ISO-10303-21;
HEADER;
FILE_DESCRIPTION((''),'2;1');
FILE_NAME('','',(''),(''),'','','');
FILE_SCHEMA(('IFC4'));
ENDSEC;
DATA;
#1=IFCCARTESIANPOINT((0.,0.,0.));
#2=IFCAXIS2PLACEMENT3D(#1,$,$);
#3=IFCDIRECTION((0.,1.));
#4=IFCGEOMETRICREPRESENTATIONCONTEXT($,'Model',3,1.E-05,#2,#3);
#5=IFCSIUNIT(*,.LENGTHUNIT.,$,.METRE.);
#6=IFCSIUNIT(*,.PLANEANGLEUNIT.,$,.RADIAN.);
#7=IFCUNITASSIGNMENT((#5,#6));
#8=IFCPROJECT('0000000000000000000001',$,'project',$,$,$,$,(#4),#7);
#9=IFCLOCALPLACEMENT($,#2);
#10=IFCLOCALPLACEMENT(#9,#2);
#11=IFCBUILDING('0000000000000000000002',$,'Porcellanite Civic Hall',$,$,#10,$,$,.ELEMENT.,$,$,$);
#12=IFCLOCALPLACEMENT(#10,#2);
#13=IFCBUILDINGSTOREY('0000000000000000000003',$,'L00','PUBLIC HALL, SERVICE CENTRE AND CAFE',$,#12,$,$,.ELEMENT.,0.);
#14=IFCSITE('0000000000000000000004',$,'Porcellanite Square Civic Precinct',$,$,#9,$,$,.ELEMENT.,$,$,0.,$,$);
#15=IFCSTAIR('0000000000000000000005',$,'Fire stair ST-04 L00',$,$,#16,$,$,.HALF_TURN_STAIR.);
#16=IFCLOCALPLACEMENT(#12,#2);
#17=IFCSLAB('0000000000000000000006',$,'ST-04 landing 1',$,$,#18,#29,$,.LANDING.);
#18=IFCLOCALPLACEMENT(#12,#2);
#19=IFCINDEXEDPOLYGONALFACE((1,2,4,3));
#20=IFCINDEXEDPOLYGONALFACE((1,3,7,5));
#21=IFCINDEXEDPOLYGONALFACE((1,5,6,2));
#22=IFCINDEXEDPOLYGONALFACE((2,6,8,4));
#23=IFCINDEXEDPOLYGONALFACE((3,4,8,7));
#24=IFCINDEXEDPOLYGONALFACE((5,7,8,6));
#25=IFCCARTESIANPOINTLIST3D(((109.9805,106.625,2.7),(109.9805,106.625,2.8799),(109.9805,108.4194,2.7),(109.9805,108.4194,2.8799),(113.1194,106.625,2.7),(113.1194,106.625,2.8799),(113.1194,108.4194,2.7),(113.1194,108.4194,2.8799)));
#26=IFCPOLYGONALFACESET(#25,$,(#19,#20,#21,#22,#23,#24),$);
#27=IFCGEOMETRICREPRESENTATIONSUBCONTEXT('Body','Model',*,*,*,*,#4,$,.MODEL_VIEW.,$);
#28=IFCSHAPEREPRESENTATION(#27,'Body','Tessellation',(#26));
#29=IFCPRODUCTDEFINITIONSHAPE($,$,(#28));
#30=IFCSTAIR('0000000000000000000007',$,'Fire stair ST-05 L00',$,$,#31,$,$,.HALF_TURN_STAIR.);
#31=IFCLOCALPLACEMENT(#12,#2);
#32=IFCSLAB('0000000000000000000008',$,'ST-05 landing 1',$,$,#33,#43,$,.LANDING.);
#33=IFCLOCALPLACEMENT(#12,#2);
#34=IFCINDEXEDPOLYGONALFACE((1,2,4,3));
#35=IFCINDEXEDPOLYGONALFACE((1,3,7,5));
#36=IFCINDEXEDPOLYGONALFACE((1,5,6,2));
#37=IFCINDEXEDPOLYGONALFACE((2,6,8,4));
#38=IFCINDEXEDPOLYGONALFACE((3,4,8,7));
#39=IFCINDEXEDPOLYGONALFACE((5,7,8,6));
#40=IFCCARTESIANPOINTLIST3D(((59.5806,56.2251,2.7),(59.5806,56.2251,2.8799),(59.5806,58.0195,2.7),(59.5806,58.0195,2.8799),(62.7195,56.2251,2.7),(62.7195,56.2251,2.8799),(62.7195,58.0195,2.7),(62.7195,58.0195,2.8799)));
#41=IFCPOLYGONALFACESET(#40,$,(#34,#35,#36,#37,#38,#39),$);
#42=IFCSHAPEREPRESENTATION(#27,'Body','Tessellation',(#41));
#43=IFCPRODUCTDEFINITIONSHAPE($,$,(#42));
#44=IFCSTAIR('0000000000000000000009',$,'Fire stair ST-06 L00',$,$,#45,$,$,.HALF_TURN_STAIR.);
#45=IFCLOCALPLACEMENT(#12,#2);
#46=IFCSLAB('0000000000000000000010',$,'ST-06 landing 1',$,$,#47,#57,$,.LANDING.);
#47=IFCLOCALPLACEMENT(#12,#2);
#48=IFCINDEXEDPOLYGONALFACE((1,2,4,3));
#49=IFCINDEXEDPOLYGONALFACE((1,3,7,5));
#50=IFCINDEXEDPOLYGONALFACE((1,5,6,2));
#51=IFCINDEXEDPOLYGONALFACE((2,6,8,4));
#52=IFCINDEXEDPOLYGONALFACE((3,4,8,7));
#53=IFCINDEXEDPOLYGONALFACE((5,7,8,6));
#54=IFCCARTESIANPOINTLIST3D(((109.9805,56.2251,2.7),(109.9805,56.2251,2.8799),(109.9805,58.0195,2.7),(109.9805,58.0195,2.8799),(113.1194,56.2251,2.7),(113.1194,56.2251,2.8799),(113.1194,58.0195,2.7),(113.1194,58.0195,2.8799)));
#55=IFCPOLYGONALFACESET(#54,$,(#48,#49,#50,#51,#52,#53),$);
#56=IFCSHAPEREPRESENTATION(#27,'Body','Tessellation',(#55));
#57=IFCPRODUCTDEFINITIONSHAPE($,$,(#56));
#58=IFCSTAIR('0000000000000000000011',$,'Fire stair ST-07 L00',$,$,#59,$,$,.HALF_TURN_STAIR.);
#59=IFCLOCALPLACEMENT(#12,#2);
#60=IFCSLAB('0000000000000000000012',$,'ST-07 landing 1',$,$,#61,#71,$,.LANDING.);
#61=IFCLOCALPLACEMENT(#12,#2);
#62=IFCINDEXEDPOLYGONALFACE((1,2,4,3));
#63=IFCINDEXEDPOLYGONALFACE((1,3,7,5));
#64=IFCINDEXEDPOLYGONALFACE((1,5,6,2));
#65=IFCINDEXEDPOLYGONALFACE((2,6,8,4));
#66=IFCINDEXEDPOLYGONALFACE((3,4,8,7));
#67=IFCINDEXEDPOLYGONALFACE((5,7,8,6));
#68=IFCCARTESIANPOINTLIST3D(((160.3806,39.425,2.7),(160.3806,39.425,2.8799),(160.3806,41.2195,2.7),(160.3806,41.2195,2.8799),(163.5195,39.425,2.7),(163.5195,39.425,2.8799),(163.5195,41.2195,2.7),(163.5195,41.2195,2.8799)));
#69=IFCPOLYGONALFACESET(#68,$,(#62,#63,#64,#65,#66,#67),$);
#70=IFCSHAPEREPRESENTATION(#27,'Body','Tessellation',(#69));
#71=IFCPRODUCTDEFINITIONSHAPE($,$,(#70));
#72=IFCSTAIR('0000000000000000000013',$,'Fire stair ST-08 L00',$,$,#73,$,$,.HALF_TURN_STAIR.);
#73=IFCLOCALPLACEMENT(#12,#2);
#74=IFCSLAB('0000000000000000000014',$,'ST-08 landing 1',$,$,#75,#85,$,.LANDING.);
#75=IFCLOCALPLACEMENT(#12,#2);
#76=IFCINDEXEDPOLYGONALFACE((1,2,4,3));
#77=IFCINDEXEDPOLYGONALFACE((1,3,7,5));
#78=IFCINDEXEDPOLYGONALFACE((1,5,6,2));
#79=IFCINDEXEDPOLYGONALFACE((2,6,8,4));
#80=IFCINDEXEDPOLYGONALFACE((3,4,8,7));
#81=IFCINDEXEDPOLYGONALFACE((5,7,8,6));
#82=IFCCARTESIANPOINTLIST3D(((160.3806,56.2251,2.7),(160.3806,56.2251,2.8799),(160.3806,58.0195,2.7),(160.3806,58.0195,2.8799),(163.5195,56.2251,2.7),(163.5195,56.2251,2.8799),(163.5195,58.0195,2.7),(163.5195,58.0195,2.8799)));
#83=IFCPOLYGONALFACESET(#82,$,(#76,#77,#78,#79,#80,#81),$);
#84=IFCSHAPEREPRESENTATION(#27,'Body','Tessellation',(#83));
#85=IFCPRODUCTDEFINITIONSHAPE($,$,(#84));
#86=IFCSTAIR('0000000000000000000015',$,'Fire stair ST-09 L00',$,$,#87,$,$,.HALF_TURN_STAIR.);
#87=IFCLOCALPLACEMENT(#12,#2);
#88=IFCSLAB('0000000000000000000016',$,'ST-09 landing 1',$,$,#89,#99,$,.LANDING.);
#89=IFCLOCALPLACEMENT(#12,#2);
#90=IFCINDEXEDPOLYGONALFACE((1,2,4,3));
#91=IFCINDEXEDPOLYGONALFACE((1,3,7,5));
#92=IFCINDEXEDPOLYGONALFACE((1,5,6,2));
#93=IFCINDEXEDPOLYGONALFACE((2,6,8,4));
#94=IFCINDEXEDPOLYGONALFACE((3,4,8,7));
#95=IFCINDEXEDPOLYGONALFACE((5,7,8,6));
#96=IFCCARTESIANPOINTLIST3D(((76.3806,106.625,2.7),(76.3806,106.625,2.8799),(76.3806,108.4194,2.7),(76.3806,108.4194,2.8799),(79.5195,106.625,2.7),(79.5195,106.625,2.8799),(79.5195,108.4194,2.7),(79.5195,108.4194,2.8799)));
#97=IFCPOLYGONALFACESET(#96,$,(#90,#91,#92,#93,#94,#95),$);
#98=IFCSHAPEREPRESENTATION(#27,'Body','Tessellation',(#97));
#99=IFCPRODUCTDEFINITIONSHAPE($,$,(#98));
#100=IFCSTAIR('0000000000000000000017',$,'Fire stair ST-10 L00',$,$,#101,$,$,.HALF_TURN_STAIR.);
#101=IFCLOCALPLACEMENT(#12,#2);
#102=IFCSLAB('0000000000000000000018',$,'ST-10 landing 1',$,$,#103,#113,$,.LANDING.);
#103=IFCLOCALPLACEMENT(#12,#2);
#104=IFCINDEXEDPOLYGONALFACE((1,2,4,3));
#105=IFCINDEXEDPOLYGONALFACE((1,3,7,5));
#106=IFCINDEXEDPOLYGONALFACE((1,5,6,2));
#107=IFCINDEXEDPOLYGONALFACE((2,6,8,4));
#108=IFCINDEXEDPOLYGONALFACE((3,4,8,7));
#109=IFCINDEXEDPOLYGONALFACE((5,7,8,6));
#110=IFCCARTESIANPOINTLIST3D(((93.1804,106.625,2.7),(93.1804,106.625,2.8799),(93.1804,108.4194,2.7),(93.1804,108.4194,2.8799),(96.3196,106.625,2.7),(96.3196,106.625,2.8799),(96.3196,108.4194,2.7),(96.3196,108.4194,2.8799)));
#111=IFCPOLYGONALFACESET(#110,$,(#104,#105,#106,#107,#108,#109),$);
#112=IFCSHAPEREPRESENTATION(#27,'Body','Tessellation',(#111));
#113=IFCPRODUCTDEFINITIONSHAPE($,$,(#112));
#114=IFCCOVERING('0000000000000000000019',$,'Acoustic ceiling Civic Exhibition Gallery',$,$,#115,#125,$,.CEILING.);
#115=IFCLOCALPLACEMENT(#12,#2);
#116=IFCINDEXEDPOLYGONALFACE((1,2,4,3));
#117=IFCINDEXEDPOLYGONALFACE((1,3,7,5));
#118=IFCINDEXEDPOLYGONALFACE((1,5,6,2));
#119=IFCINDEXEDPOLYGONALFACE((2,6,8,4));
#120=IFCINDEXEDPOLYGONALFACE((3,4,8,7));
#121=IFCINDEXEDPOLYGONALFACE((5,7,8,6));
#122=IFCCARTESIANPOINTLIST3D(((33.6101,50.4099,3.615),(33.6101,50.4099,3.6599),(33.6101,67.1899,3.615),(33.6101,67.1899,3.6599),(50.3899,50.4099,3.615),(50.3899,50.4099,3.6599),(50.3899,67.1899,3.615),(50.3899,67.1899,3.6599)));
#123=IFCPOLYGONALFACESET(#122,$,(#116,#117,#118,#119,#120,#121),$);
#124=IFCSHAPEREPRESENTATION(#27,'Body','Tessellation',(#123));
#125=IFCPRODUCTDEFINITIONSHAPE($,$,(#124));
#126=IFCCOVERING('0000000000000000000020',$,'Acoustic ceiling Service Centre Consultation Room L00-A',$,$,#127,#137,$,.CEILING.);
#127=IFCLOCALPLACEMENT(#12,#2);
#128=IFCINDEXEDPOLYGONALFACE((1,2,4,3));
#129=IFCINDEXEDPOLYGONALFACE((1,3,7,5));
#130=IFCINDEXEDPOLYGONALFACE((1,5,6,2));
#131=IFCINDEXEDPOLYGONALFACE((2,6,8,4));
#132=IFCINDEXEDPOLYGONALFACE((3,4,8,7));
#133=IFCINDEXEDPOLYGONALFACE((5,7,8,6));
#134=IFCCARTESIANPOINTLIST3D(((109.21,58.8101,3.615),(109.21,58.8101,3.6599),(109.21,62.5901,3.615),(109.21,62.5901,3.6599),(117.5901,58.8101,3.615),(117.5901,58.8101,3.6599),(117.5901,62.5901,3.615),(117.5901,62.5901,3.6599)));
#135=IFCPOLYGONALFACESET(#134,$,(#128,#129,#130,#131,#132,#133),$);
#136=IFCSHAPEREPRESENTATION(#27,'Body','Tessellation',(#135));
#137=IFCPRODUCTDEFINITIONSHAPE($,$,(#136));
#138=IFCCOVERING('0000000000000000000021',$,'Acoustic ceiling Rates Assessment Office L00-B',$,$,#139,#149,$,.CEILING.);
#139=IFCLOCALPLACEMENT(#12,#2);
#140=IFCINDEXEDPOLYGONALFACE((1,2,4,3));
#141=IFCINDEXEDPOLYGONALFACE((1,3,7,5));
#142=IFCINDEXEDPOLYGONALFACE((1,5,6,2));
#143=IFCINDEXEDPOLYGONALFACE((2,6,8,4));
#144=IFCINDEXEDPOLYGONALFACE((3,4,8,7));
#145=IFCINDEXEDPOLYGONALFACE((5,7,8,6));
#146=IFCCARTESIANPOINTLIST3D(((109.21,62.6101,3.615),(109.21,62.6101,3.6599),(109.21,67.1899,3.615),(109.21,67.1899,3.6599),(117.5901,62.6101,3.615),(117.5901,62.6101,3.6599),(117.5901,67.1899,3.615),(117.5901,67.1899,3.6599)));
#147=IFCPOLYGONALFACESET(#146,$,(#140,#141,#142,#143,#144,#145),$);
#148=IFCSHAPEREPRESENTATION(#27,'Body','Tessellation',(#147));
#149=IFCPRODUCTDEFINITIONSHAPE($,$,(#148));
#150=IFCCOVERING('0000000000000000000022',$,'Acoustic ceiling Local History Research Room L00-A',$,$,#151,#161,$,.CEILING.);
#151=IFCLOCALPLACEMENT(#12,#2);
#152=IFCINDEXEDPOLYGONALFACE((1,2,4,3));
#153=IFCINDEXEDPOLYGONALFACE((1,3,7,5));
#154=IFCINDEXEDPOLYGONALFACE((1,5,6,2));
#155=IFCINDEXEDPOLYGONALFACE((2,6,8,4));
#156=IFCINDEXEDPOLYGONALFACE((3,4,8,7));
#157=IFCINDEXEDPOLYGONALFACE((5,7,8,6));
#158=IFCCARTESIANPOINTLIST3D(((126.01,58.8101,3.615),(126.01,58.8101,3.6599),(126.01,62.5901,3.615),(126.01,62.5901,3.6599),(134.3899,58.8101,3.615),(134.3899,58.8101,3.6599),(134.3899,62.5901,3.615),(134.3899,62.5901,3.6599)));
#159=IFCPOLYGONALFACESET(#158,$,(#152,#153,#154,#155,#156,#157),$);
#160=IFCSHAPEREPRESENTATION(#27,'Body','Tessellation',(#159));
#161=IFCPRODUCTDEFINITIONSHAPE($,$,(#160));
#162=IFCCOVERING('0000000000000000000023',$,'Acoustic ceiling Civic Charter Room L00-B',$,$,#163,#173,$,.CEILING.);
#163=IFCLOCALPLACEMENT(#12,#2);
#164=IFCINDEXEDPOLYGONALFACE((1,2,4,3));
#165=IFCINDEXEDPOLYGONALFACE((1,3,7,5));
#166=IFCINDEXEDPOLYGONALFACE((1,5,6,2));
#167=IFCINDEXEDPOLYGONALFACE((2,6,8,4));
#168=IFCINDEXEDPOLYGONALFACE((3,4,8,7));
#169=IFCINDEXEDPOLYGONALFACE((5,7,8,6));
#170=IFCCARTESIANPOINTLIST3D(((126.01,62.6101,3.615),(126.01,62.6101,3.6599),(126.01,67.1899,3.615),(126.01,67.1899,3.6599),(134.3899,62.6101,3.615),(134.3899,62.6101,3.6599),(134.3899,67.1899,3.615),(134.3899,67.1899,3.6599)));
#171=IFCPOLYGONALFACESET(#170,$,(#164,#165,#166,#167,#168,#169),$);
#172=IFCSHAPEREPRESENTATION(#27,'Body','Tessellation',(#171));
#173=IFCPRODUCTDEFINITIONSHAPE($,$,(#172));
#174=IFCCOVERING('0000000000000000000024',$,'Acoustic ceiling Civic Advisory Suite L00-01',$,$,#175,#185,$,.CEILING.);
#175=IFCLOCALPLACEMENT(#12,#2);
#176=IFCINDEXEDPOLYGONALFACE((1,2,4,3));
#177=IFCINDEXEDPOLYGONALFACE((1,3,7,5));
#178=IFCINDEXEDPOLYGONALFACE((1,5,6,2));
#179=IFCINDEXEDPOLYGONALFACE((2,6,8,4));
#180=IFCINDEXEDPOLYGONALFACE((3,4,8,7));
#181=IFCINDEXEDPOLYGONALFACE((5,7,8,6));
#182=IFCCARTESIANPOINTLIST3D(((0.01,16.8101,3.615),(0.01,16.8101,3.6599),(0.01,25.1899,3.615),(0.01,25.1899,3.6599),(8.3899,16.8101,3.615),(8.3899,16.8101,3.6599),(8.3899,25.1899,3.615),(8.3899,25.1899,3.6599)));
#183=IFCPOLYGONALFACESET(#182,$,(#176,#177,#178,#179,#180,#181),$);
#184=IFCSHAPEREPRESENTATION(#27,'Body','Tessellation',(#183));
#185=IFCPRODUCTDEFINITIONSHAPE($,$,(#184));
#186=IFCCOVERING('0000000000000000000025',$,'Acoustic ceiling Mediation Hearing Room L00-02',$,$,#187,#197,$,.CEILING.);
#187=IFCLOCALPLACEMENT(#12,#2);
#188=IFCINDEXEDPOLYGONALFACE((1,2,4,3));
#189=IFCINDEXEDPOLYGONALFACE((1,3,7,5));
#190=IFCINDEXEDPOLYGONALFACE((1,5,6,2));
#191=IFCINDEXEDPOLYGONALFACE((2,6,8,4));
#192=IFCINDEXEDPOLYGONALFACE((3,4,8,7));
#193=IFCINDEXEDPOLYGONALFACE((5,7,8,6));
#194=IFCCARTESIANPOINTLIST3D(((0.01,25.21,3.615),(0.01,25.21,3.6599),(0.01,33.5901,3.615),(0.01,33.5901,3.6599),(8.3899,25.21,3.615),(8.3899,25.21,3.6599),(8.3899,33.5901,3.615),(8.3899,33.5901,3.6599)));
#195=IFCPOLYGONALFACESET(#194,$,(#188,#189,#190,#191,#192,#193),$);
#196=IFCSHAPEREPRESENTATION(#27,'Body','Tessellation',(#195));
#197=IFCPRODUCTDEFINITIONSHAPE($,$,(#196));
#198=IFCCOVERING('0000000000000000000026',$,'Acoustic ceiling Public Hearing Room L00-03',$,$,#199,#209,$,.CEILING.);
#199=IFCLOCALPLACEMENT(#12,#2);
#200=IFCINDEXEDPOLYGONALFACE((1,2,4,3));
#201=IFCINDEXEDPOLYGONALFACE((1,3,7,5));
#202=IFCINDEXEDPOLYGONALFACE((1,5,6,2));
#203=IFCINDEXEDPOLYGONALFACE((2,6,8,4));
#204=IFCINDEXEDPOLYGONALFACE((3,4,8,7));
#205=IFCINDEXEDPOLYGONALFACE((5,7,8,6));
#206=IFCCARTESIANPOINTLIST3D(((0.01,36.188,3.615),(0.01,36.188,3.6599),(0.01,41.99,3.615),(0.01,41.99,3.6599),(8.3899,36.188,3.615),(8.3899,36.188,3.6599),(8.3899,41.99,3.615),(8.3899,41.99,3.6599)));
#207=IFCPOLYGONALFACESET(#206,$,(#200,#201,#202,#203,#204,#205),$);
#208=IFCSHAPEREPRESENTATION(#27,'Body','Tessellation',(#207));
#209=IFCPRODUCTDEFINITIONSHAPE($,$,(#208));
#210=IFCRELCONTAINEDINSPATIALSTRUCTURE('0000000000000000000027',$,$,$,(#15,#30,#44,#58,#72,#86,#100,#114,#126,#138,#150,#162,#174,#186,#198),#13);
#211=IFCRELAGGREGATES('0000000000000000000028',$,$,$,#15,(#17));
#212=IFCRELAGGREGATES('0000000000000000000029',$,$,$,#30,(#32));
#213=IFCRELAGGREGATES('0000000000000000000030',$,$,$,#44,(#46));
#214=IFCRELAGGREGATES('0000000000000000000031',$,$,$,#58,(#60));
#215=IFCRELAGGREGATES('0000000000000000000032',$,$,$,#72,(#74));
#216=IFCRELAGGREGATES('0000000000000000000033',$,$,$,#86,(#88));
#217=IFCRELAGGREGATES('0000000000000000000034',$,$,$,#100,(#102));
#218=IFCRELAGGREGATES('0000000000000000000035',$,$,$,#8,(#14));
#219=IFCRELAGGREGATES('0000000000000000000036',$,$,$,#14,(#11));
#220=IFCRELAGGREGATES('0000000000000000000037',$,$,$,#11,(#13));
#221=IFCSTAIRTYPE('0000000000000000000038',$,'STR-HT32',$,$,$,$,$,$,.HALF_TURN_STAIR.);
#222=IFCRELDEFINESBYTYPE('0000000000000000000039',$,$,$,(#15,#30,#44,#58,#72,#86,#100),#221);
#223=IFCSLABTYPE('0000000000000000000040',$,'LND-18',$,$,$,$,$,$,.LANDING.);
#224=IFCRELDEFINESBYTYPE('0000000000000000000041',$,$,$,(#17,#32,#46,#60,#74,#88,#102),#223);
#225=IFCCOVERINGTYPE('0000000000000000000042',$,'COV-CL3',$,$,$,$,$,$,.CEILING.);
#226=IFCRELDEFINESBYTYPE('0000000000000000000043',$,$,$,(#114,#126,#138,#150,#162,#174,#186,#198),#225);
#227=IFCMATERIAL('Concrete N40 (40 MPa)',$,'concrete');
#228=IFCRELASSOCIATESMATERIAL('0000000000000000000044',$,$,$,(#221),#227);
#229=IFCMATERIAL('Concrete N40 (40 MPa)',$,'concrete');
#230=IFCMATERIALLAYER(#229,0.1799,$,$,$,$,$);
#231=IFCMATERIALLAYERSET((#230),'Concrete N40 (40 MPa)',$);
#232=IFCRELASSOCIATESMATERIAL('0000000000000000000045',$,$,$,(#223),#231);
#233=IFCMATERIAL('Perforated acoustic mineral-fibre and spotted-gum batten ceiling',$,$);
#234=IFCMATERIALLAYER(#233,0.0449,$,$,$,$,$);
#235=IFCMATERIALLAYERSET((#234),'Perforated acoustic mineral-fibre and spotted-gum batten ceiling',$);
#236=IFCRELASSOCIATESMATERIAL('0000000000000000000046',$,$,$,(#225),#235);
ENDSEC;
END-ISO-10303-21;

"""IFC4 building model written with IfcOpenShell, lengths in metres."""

from ifc_helpers import new_model, si_unit, direction, frame, origin, place, context, subcontext, project, spatial, polyline, outline, extrude, material, layer, layer_set, type_object, element, aggregate, save


model = new_model("IFC4")

# Units and contexts
model_context = context("Model", 3, precision=1e-05, world=origin(), true_north=direction((0.0, 1.0)))
body_context = subcontext(model_context, "Body", "Model", "MODEL_VIEW")
ifc_project = project(units=[si_unit("LENGTHUNIT", "METRE"), si_unit("PLANEANGLEUNIT", "RADIAN")], contexts=[model_context])

# Site, building, storey
site_placement = place(None, origin())
site = spatial("IfcSite", under=ifc_project, at=site_placement, Name="Porcellanite Square Civic Precinct", CompositionType="ELEMENT", RefElevation=0.0)
building_placement = place(site_placement, origin())
building = spatial("IfcBuilding", under=site, at=building_placement, Name="Porcellanite Civic Hall", CompositionType="ELEMENT")
storey_placement = place(building_placement, origin())
storey = spatial("IfcBuildingStorey", under=building, at=storey_placement, Name="L00", Description="PUBLIC HALL, SERVICE CENTRE AND CAFE", CompositionType="ELEMENT", Elevation=0.0)

# Stairs, slabs
ifc_material_1 = material(Name="Concrete N40 (40 MPa)", Category="concrete")
stair_type = type_object("IfcStairType", Name="STR-HT32", PredefinedType="HALF_TURN_STAIR", material=ifc_material_1)
stair_1_placement = place(storey_placement, origin())
stair_1 = element("IfcStair", 1, at=stair_1_placement, inside=storey, type_object=stair_type, Name="Fire stair ST-04 L00", PredefinedType="HALF_TURN_STAIR")
ifc_material_2 = material(Name="Concrete N40 (40 MPa)", Category="concrete")
ifc_layer_1 = layer(ifc_material_2, 0.1799)
ifc_layer_set_1 = layer_set([ifc_layer_1], Name="Concrete N40 (40 MPa)")
slab_type = type_object("IfcSlabType", Name="LND-18", PredefinedType="LANDING", material=ifc_layer_set_1)
slab_1_placement = place(storey_placement, frame((0.0, 0.0, 2.7)))
slab_1 = element("IfcSlab", 2, at=slab_1_placement, type_object=slab_type, Name="ST-04 landing 1", PredefinedType="LANDING", context=body_context, shape_type="SweptSolid", body=[
    extrude(outline(polyline([(109.9805, 106.625), (113.1194, 106.625), (113.1194, 108.4194), (109.9805, 108.4194), (109.9805, 106.625)])), origin(), (0.0, 0.0, 1.0), 0.1799),
])
aggregate(stair_1, [slab_1])
stair_2_placement = place(storey_placement, origin())
stair_2 = element("IfcStair", 3, at=stair_2_placement, inside=storey, type_object=stair_type, Name="Fire stair ST-05 L00", PredefinedType="HALF_TURN_STAIR")
slab_2_placement = place(storey_placement, frame((0.0, 0.0, 2.7)))
slab_2 = element("IfcSlab", 4, at=slab_2_placement, type_object=slab_type, Name="ST-05 landing 1", PredefinedType="LANDING", context=body_context, shape_type="SweptSolid", body=[
    extrude(outline(polyline([(59.5806, 56.2251), (62.7195, 56.2251), (62.7195, 58.0195), (59.5806, 58.0195), (59.5806, 56.2251)])), origin(), (0.0, 0.0, 1.0), 0.1799),
])
aggregate(stair_2, [slab_2])
stair_3_placement = place(storey_placement, origin())
stair_3 = element("IfcStair", 5, at=stair_3_placement, inside=storey, type_object=stair_type, Name="Fire stair ST-06 L00", PredefinedType="HALF_TURN_STAIR")
slab_3_placement = place(storey_placement, frame((0.0, 0.0, 2.7)))
slab_3 = element("IfcSlab", 6, at=slab_3_placement, type_object=slab_type, Name="ST-06 landing 1", PredefinedType="LANDING", context=body_context, shape_type="SweptSolid", body=[
    extrude(outline(polyline([(109.9805, 56.2251), (113.1194, 56.2251), (113.1194, 58.0195), (109.9805, 58.0195), (109.9805, 56.2251)])), origin(), (0.0, 0.0, 1.0), 0.1799),
])
aggregate(stair_3, [slab_3])
stair_4_placement = place(storey_placement, origin())
stair_4 = element("IfcStair", 7, at=stair_4_placement, inside=storey, type_object=stair_type, Name="Fire stair ST-07 L00", PredefinedType="HALF_TURN_STAIR")
slab_4_placement = place(storey_placement, frame((0.0, 0.0, 2.7)))
slab_4 = element("IfcSlab", 8, at=slab_4_placement, type_object=slab_type, Name="ST-07 landing 1", PredefinedType="LANDING", context=body_context, shape_type="SweptSolid", body=[
    extrude(outline(polyline([(160.3806, 39.425), (163.5195, 39.425), (163.5195, 41.2195), (160.3806, 41.2195), (160.3806, 39.425)])), origin(), (0.0, 0.0, 1.0), 0.1799),
])
aggregate(stair_4, [slab_4])
stair_5_placement = place(storey_placement, origin())
stair_5 = element("IfcStair", 9, at=stair_5_placement, inside=storey, type_object=stair_type, Name="Fire stair ST-08 L00", PredefinedType="HALF_TURN_STAIR")
slab_5_placement = place(storey_placement, frame((0.0, 0.0, 2.7)))
slab_5 = element("IfcSlab", 10, at=slab_5_placement, type_object=slab_type, Name="ST-08 landing 1", PredefinedType="LANDING", context=body_context, shape_type="SweptSolid", body=[
    extrude(outline(polyline([(160.3806, 56.2251), (163.5195, 56.2251), (163.5195, 58.0195), (160.3806, 58.0195), (160.3806, 56.2251)])), origin(), (0.0, 0.0, 1.0), 0.1799),
])
aggregate(stair_5, [slab_5])
stair_6_placement = place(storey_placement, origin())
stair_6 = element("IfcStair", 11, at=stair_6_placement, inside=storey, type_object=stair_type, Name="Fire stair ST-09 L00", PredefinedType="HALF_TURN_STAIR")
slab_6_placement = place(storey_placement, frame((0.0, 0.0, 2.7)))
slab_6 = element("IfcSlab", 12, at=slab_6_placement, type_object=slab_type, Name="ST-09 landing 1", PredefinedType="LANDING", context=body_context, shape_type="SweptSolid", body=[
    extrude(outline(polyline([(76.3806, 106.625), (79.5195, 106.625), (79.5195, 108.4194), (76.3806, 108.4194), (76.3806, 106.625)])), origin(), (0.0, 0.0, 1.0), 0.1799),
])
aggregate(stair_6, [slab_6])
stair_7_placement = place(storey_placement, origin())
stair_7 = element("IfcStair", 13, at=stair_7_placement, inside=storey, type_object=stair_type, Name="Fire stair ST-10 L00", PredefinedType="HALF_TURN_STAIR")
slab_7_placement = place(storey_placement, frame((0.0, 0.0, 2.7)))
slab_7 = element("IfcSlab", 14, at=slab_7_placement, type_object=slab_type, Name="ST-10 landing 1", PredefinedType="LANDING", context=body_context, shape_type="SweptSolid", body=[
    extrude(outline(polyline([(93.1804, 106.625), (96.3196, 106.625), (96.3196, 108.4194), (93.1804, 108.4194), (93.1804, 106.625)])), origin(), (0.0, 0.0, 1.0), 0.1799),
])
aggregate(stair_7, [slab_7])

# Coverings
ifc_material_3 = material(Name="Perforated acoustic mineral-fibre and spotted-gum batten ceiling")
ifc_layer_2 = layer(ifc_material_3, 0.0449)
ifc_layer_set_2 = layer_set([ifc_layer_2], Name="Perforated acoustic mineral-fibre and spotted-gum batten ceiling")
covering_type = type_object("IfcCoveringType", Name="COV-CL3", PredefinedType="CEILING", material=ifc_layer_set_2)
covering_1_placement = place(storey_placement, frame((0.0, 0.0, 3.615)))
element("IfcCovering", 15, at=covering_1_placement, inside=storey, type_object=covering_type, Name="Acoustic ceiling Civic Exhibition Gallery", PredefinedType="CEILING", context=body_context, shape_type="SweptSolid", body=[
    extrude(outline(polyline([(33.6101, 50.4099), (50.3899, 50.4099), (50.3899, 67.1899), (33.6101, 67.1899), (33.6101, 50.4099)])), origin(), (0.0, 0.0, 1.0), 0.0449),
])
covering_2_placement = place(storey_placement, frame((0.0, 0.0, 3.615)))
element("IfcCovering", 16, at=covering_2_placement, inside=storey, type_object=covering_type, Name="Acoustic ceiling Service Centre Consultation Room L00-A", PredefinedType="CEILING", context=body_context, shape_type="SweptSolid", body=[
    extrude(outline(polyline([(109.21, 58.8101), (117.5901, 58.8101), (117.5901, 62.5901), (109.21, 62.5901), (109.21, 58.8101)])), origin(), (0.0, 0.0, 1.0), 0.0449),
])
covering_3_placement = place(storey_placement, frame((0.0, 0.0, 3.615)))
element("IfcCovering", 17, at=covering_3_placement, inside=storey, type_object=covering_type, Name="Acoustic ceiling Rates Assessment Office L00-B", PredefinedType="CEILING", context=body_context, shape_type="SweptSolid", body=[
    extrude(outline(polyline([(109.21, 62.6101), (117.5901, 62.6101), (117.5901, 67.1899), (109.21, 67.1899), (109.21, 62.6101)])), origin(), (0.0, 0.0, 1.0), 0.0449),
])
covering_4_placement = place(storey_placement, frame((0.0, 0.0, 3.615)))
element("IfcCovering", 18, at=covering_4_placement, inside=storey, type_object=covering_type, Name="Acoustic ceiling Local History Research Room L00-A", PredefinedType="CEILING", context=body_context, shape_type="SweptSolid", body=[
    extrude(outline(polyline([(126.01, 58.8101), (134.3899, 58.8101), (134.3899, 62.5901), (126.01, 62.5901), (126.01, 58.8101)])), origin(), (0.0, 0.0, 1.0), 0.0449),
])
covering_5_placement = place(storey_placement, frame((0.0, 0.0, 3.615)))
element("IfcCovering", 19, at=covering_5_placement, inside=storey, type_object=covering_type, Name="Acoustic ceiling Civic Charter Room L00-B", PredefinedType="CEILING", context=body_context, shape_type="SweptSolid", body=[
    extrude(outline(polyline([(126.01, 62.6101), (134.3899, 62.6101), (134.3899, 67.1899), (126.01, 67.1899), (126.01, 62.6101)])), origin(), (0.0, 0.0, 1.0), 0.0449),
])
covering_6_placement = place(storey_placement, frame((0.0, 0.0, 3.615)))
element("IfcCovering", 20, at=covering_6_placement, inside=storey, type_object=covering_type, Name="Acoustic ceiling Civic Advisory Suite L00-01", PredefinedType="CEILING", context=body_context, shape_type="SweptSolid", body=[
    extrude(outline(polyline([(0.01, 16.8101), (8.3899, 16.8101), (8.3899, 25.1899), (0.01, 25.1899), (0.01, 16.8101)])), origin(), (0.0, 0.0, 1.0), 0.0449),
])
covering_7_placement = place(storey_placement, frame((0.0, 0.0, 3.615)))
element("IfcCovering", 21, at=covering_7_placement, inside=storey, type_object=covering_type, Name="Acoustic ceiling Mediation Hearing Room L00-02", PredefinedType="CEILING", context=body_context, shape_type="SweptSolid", body=[
    extrude(outline(polyline([(0.01, 25.21), (8.3899, 25.21), (8.3899, 33.5901), (0.01, 33.5901), (0.01, 25.21)])), origin(), (0.0, 0.0, 1.0), 0.0449),
])
covering_8_placement = place(storey_placement, frame((0.0, 0.0, 3.615)))
element("IfcCovering", 22, at=covering_8_placement, inside=storey, type_object=covering_type, Name="Acoustic ceiling Public Hearing Room L00-03", PredefinedType="CEILING", context=body_context, shape_type="SweptSolid", body=[
    extrude(outline(polyline([(0.01, 36.188), (8.3899, 36.188), (8.3899, 41.99), (0.01, 41.99), (0.01, 36.188)])), origin(), (0.0, 0.0, 1.0), 0.0449),
])

save(model, "model.ifc")
